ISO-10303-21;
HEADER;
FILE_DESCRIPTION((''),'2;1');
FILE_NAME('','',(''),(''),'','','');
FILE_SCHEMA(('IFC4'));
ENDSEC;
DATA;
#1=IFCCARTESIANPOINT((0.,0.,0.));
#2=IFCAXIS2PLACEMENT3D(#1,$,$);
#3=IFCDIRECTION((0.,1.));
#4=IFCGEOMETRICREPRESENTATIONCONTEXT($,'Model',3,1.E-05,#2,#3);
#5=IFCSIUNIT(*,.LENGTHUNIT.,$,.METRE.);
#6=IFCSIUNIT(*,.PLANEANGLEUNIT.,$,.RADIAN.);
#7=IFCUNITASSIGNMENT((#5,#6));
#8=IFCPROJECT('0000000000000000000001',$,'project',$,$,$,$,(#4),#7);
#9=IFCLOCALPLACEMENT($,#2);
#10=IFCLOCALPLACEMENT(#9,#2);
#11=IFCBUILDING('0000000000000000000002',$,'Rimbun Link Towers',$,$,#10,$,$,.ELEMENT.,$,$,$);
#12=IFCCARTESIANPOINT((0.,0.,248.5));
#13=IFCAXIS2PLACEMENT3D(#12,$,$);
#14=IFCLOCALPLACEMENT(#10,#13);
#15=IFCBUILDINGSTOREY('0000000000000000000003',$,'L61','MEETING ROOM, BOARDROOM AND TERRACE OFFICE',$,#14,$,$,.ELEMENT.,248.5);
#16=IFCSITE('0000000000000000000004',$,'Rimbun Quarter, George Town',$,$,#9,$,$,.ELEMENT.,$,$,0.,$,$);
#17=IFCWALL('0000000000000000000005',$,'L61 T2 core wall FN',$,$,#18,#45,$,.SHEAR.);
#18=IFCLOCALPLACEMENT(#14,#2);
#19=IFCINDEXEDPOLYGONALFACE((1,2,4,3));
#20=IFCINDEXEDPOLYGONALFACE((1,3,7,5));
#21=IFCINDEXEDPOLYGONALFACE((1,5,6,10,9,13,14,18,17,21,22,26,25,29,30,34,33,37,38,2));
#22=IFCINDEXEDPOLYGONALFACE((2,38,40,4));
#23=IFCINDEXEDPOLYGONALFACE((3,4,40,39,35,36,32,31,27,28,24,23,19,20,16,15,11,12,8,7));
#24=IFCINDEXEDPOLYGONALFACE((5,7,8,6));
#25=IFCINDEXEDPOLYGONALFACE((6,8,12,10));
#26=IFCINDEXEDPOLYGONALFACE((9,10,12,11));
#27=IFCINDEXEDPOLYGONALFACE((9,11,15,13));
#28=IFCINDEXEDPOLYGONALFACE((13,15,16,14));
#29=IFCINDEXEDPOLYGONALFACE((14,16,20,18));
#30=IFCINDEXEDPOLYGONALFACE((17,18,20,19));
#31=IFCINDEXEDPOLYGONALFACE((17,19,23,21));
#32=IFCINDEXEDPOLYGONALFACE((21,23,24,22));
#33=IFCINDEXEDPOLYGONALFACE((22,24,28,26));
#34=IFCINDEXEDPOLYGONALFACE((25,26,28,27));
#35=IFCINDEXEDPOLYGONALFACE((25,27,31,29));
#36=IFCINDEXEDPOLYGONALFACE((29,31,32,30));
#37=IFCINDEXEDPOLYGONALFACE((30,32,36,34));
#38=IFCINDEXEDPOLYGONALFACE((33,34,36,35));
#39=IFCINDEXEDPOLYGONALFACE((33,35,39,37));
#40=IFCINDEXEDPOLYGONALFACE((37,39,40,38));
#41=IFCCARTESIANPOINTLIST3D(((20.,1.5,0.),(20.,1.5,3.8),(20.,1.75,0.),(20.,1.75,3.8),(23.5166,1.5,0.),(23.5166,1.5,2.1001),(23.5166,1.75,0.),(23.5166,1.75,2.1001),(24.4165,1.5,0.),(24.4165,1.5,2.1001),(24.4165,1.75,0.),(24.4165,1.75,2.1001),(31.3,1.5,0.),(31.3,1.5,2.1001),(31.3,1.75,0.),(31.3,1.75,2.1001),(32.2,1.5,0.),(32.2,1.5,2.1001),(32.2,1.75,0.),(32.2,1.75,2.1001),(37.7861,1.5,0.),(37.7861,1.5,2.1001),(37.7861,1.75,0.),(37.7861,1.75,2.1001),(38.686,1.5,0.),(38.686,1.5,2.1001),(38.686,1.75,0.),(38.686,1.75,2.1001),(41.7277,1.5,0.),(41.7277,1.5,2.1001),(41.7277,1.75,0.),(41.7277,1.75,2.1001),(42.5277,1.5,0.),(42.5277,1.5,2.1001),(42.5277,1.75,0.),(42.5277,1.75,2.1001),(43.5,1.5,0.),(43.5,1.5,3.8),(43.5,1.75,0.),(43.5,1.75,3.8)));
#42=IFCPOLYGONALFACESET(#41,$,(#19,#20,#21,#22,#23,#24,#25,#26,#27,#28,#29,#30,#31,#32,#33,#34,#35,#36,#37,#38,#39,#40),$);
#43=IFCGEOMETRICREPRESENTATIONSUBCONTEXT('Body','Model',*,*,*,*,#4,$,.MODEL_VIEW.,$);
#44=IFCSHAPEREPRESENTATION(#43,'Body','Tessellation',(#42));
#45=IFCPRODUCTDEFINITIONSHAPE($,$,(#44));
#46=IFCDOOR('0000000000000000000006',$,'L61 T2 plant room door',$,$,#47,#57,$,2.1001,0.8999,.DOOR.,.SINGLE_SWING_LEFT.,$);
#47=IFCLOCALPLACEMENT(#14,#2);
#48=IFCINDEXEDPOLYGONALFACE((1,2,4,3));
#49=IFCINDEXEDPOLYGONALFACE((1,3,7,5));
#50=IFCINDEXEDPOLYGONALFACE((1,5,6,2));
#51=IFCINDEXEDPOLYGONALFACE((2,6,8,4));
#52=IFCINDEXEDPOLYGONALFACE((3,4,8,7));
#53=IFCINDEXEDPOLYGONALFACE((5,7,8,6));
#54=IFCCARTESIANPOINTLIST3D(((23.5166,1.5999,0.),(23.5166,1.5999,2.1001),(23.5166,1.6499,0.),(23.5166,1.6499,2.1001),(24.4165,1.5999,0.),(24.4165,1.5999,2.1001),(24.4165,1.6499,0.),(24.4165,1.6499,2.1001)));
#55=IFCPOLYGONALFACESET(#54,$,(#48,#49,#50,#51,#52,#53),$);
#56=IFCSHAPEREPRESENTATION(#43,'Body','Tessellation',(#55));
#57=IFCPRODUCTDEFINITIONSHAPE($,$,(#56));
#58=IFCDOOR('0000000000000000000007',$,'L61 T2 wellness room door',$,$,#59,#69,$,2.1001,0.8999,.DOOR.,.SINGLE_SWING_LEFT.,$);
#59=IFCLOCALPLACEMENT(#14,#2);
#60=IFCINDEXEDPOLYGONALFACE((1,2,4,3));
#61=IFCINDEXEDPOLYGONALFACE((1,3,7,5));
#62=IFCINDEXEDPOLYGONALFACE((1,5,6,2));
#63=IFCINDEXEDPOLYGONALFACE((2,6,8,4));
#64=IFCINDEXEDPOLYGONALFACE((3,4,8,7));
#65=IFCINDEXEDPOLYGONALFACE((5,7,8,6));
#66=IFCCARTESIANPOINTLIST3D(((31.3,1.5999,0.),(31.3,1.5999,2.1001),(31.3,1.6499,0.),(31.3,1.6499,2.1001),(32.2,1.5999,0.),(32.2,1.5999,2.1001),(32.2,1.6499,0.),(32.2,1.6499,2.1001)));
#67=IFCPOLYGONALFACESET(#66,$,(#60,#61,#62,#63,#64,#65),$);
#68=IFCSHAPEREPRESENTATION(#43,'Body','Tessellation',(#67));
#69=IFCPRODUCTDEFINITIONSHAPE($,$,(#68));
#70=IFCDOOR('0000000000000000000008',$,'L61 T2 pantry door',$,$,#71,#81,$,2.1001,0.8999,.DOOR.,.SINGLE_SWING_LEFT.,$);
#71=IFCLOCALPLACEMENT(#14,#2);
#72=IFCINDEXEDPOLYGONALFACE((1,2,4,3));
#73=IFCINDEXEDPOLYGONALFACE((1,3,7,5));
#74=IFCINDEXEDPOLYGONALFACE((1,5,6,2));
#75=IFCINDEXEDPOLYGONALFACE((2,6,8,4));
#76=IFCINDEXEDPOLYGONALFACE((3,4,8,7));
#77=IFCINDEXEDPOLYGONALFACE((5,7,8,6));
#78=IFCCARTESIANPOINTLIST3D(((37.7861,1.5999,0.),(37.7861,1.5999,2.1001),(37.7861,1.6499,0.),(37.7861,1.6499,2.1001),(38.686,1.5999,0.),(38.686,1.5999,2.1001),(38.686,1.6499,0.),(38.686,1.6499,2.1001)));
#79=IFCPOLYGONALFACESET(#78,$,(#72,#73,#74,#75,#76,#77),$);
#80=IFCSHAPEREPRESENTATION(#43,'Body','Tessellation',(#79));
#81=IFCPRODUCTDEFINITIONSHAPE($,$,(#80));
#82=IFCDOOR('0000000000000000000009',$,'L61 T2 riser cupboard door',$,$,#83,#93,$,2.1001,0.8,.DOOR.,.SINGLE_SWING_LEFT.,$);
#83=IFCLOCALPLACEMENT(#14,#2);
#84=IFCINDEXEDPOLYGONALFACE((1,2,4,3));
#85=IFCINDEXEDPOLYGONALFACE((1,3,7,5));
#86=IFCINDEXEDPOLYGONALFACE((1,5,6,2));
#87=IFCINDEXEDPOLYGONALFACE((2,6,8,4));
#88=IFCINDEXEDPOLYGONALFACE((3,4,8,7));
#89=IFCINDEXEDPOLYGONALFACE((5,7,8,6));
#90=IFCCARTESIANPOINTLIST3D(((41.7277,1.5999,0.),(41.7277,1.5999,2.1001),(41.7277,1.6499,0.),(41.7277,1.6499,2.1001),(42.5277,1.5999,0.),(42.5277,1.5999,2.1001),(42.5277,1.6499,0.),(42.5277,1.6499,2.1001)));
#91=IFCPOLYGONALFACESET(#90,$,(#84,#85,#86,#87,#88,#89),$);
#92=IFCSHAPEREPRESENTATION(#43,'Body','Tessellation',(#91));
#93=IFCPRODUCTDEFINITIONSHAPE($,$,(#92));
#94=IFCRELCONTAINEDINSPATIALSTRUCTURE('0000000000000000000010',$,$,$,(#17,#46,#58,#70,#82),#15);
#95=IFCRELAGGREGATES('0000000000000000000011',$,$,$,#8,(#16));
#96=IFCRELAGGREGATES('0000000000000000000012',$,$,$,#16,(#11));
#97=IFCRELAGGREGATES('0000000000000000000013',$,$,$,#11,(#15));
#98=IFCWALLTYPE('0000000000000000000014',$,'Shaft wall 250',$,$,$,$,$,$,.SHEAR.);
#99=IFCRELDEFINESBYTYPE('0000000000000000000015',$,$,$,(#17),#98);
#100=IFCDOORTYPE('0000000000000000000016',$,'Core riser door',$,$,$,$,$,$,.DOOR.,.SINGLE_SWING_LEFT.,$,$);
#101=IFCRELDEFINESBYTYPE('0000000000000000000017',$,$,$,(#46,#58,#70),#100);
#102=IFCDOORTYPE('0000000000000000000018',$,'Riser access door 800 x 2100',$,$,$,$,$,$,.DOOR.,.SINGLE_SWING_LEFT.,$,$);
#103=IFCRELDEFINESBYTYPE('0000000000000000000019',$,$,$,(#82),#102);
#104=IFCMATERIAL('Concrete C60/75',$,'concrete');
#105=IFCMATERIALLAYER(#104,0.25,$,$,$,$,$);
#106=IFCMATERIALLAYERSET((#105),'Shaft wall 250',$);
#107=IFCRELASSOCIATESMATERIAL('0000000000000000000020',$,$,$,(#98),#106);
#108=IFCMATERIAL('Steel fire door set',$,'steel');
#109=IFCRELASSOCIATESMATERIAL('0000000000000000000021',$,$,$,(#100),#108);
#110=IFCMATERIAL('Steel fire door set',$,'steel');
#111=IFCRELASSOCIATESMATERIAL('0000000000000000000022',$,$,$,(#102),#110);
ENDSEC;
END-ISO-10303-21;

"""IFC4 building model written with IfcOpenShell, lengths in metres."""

from ifc_helpers import new_model, si_unit, direction, frame, frame_2d, origin, place, context, subcontext, project, spatial, rectangle, extrude, material, layer, layer_set, type_object, element, fill, save


model = new_model("IFC4")

# Units and contexts
model_context = context("Model", 3, precision=1e-05, world=origin(), true_north=direction((0.0, 1.0)))
body_context = subcontext(model_context, "Body", "Model", "MODEL_VIEW")
ifc_project = project(units=[si_unit("LENGTHUNIT", "METRE"), si_unit("PLANEANGLEUNIT", "RADIAN")], contexts=[model_context])

# Site, building, storey
site_placement = place(None, origin())
site = spatial("IfcSite", under=ifc_project, at=site_placement, Name="Rimbun Quarter, George Town", CompositionType="ELEMENT", RefElevation=0.0)
building_placement = place(site_placement, origin())
building = spatial("IfcBuilding", under=site, at=building_placement, Name="Rimbun Link Towers", CompositionType="ELEMENT")
storey_placement = place(building_placement, frame((0.0, 0.0, 248.5)))
storey = spatial("IfcBuildingStorey", under=building, at=storey_placement, Name="L61", Description="MEETING ROOM, BOARDROOM AND TERRACE OFFICE", CompositionType="ELEMENT", Elevation=248.5)

# Shared definitions
ifc_material_1 = material(Name="Concrete C60/75", Category="concrete")
ifc_layer_1 = layer(ifc_material_1, 0.25)
ifc_layer_set_1 = layer_set([ifc_layer_1], Name="Shaft wall 250")
wall_type_1 = type_object("IfcWallType", Name="Shaft wall 250", PredefinedType="SHEAR", material=ifc_layer_set_1)

# Wall, openings, doors
wall_1_placement = place(storey_placement, frame((20.0, 1.625, 0.0), z_axis=(0.0, 0.0, 1.0), x_axis=(1.0, 0.0, 0.0)))
wall_1 = element("IfcWall", 1, at=wall_1_placement, inside=storey, type_object=wall_type_1, Name="L61 T2 core wall FN", PredefinedType="SHEAR", context=body_context, shape_type="SweptSolid", body=[
    extrude(rectangle(XDim=23.5, YDim=0.25, at=frame_2d((11.75, 0.0))), origin(), (0.0, 0.0, 1.0), 3.8),
])
opening_1_placement = place(wall_1_placement, frame((3.5166, 0.0, 0.0)))
opening_1 = element("IfcOpeningElement", 2, at=opening_1_placement, cuts=wall_1, PredefinedType="OPENING", context=body_context, shape_type="SweptSolid", body=[
    extrude(rectangle(XDim=0.8999, YDim=2.1001, at=frame_2d((0.45, 1.05))), frame((0.0, 0.135, 0.0), z_axis=(0.0, -1.0, 0.0), x_axis=(1.0, 0.0, 0.0)), (0.0, 0.0, 1.0), 0.27),
])
opening_2_placement = place(wall_1_placement, frame((11.3, 0.0, 0.0)))
opening_2 = element("IfcOpeningElement", 3, at=opening_2_placement, cuts=wall_1, PredefinedType="OPENING", context=body_context, shape_type="SweptSolid", body=[
    extrude(rectangle(XDim=0.8999, YDim=2.1001, at=frame_2d((0.45, 1.05))), frame((0.0, 0.135, 0.0), z_axis=(0.0, -1.0, 0.0), x_axis=(1.0, 0.0, 0.0)), (0.0, 0.0, 1.0), 0.27),
])
opening_3_placement = place(wall_1_placement, frame((17.7861, 0.0, 0.0)))
opening_3 = element("IfcOpeningElement", 4, at=opening_3_placement, cuts=wall_1, PredefinedType="OPENING", context=body_context, shape_type="SweptSolid", body=[
    extrude(rectangle(XDim=0.8999, YDim=2.1001, at=frame_2d((0.45, 1.05))), frame((0.0, 0.135, 0.0), z_axis=(0.0, -1.0, 0.0), x_axis=(1.0, 0.0, 0.0)), (0.0, 0.0, 1.0), 0.27),
])
opening_4_placement = place(wall_1_placement, frame((21.7278, 0.0, 0.0)))
opening_4 = element("IfcOpeningElement", 5, at=opening_4_placement, cuts=wall_1, PredefinedType="OPENING", context=body_context, shape_type="SweptSolid", body=[
    extrude(rectangle(XDim=0.8, YDim=2.1001, at=frame_2d((0.3999, 1.05))), frame((0.0, 0.135, 0.0), z_axis=(0.0, -1.0, 0.0), x_axis=(1.0, 0.0, 0.0)), (0.0, 0.0, 1.0), 0.27),
])
ifc_material_2 = material(Name="Steel fire door set", Category="steel")
door_type_1 = type_object("IfcDoorType", Name="Core riser door", OperationType="SINGLE_SWING_LEFT", PredefinedType="DOOR", material=ifc_material_2)
door_1_placement = place(opening_1_placement, origin())
door_1 = element("IfcDoor", 6, at=door_1_placement, inside=storey, type_object=door_type_1, Name="L61 T2 plant room door", OperationType="SINGLE_SWING_LEFT", OverallHeight=2.1001, OverallWidth=0.8999, PredefinedType="DOOR", context=body_context, shape_type="SweptSolid", body=[
    extrude(rectangle(XDim=0.8999, YDim=2.1001, at=frame_2d((0.45, 1.05))), frame((0.0, 0.0249, 0.0), z_axis=(0.0, -1.0, 0.0), x_axis=(1.0, 0.0, 0.0)), (0.0, 0.0, 1.0), 0.05),
])
fill(opening_1, door_1)
door_2_placement = place(opening_2_placement, origin())
door_2 = element("IfcDoor", 7, at=door_2_placement, inside=storey, type_object=door_type_1, Name="L61 T2 wellness room door", OperationType="SINGLE_SWING_LEFT", OverallHeight=2.1001, OverallWidth=0.8999, PredefinedType="DOOR", context=body_context, shape_type="SweptSolid", body=[
    extrude(rectangle(XDim=0.8999, YDim=2.1001, at=frame_2d((0.45, 1.05))), frame((0.0, 0.0249, 0.0), z_axis=(0.0, -1.0, 0.0), x_axis=(1.0, 0.0, 0.0)), (0.0, 0.0, 1.0), 0.05),
])
fill(opening_2, door_2)
door_3_placement = place(opening_3_placement, origin())
door_3 = element("IfcDoor", 8, at=door_3_placement, inside=storey, type_object=door_type_1, Name="L61 T2 pantry door", OperationType="SINGLE_SWING_LEFT", OverallHeight=2.1001, OverallWidth=0.8999, PredefinedType="DOOR", context=body_context, shape_type="SweptSolid", body=[
    extrude(rectangle(XDim=0.8999, YDim=2.1001, at=frame_2d((0.45, 1.05))), frame((0.0, 0.0249, 0.0), z_axis=(0.0, -1.0, 0.0), x_axis=(1.0, 0.0, 0.0)), (0.0, 0.0, 1.0), 0.05),
])
fill(opening_3, door_3)
ifc_material_3 = material(Name="Steel fire door set", Category="steel")
door_type_2 = type_object("IfcDoorType", Name="Riser access door 800 x 2100", OperationType="SINGLE_SWING_LEFT", PredefinedType="DOOR", material=ifc_material_3)
door_4_placement = place(opening_4_placement, origin())
door_4 = element("IfcDoor", 9, at=door_4_placement, inside=storey, type_object=door_type_2, Name="L61 T2 riser cupboard door", OperationType="SINGLE_SWING_LEFT", OverallHeight=2.1001, OverallWidth=0.8, PredefinedType="DOOR", context=body_context, shape_type="SweptSolid", body=[
    extrude(rectangle(XDim=0.8, YDim=2.1001, at=frame_2d((0.3999, 1.05))), frame((0.0, 0.0249, 0.0), z_axis=(0.0, -1.0, 0.0), x_axis=(1.0, 0.0, 0.0)), (0.0, 0.0, 1.0), 0.05),
])
fill(opening_4, door_4)

save(model, "model.ifc")
